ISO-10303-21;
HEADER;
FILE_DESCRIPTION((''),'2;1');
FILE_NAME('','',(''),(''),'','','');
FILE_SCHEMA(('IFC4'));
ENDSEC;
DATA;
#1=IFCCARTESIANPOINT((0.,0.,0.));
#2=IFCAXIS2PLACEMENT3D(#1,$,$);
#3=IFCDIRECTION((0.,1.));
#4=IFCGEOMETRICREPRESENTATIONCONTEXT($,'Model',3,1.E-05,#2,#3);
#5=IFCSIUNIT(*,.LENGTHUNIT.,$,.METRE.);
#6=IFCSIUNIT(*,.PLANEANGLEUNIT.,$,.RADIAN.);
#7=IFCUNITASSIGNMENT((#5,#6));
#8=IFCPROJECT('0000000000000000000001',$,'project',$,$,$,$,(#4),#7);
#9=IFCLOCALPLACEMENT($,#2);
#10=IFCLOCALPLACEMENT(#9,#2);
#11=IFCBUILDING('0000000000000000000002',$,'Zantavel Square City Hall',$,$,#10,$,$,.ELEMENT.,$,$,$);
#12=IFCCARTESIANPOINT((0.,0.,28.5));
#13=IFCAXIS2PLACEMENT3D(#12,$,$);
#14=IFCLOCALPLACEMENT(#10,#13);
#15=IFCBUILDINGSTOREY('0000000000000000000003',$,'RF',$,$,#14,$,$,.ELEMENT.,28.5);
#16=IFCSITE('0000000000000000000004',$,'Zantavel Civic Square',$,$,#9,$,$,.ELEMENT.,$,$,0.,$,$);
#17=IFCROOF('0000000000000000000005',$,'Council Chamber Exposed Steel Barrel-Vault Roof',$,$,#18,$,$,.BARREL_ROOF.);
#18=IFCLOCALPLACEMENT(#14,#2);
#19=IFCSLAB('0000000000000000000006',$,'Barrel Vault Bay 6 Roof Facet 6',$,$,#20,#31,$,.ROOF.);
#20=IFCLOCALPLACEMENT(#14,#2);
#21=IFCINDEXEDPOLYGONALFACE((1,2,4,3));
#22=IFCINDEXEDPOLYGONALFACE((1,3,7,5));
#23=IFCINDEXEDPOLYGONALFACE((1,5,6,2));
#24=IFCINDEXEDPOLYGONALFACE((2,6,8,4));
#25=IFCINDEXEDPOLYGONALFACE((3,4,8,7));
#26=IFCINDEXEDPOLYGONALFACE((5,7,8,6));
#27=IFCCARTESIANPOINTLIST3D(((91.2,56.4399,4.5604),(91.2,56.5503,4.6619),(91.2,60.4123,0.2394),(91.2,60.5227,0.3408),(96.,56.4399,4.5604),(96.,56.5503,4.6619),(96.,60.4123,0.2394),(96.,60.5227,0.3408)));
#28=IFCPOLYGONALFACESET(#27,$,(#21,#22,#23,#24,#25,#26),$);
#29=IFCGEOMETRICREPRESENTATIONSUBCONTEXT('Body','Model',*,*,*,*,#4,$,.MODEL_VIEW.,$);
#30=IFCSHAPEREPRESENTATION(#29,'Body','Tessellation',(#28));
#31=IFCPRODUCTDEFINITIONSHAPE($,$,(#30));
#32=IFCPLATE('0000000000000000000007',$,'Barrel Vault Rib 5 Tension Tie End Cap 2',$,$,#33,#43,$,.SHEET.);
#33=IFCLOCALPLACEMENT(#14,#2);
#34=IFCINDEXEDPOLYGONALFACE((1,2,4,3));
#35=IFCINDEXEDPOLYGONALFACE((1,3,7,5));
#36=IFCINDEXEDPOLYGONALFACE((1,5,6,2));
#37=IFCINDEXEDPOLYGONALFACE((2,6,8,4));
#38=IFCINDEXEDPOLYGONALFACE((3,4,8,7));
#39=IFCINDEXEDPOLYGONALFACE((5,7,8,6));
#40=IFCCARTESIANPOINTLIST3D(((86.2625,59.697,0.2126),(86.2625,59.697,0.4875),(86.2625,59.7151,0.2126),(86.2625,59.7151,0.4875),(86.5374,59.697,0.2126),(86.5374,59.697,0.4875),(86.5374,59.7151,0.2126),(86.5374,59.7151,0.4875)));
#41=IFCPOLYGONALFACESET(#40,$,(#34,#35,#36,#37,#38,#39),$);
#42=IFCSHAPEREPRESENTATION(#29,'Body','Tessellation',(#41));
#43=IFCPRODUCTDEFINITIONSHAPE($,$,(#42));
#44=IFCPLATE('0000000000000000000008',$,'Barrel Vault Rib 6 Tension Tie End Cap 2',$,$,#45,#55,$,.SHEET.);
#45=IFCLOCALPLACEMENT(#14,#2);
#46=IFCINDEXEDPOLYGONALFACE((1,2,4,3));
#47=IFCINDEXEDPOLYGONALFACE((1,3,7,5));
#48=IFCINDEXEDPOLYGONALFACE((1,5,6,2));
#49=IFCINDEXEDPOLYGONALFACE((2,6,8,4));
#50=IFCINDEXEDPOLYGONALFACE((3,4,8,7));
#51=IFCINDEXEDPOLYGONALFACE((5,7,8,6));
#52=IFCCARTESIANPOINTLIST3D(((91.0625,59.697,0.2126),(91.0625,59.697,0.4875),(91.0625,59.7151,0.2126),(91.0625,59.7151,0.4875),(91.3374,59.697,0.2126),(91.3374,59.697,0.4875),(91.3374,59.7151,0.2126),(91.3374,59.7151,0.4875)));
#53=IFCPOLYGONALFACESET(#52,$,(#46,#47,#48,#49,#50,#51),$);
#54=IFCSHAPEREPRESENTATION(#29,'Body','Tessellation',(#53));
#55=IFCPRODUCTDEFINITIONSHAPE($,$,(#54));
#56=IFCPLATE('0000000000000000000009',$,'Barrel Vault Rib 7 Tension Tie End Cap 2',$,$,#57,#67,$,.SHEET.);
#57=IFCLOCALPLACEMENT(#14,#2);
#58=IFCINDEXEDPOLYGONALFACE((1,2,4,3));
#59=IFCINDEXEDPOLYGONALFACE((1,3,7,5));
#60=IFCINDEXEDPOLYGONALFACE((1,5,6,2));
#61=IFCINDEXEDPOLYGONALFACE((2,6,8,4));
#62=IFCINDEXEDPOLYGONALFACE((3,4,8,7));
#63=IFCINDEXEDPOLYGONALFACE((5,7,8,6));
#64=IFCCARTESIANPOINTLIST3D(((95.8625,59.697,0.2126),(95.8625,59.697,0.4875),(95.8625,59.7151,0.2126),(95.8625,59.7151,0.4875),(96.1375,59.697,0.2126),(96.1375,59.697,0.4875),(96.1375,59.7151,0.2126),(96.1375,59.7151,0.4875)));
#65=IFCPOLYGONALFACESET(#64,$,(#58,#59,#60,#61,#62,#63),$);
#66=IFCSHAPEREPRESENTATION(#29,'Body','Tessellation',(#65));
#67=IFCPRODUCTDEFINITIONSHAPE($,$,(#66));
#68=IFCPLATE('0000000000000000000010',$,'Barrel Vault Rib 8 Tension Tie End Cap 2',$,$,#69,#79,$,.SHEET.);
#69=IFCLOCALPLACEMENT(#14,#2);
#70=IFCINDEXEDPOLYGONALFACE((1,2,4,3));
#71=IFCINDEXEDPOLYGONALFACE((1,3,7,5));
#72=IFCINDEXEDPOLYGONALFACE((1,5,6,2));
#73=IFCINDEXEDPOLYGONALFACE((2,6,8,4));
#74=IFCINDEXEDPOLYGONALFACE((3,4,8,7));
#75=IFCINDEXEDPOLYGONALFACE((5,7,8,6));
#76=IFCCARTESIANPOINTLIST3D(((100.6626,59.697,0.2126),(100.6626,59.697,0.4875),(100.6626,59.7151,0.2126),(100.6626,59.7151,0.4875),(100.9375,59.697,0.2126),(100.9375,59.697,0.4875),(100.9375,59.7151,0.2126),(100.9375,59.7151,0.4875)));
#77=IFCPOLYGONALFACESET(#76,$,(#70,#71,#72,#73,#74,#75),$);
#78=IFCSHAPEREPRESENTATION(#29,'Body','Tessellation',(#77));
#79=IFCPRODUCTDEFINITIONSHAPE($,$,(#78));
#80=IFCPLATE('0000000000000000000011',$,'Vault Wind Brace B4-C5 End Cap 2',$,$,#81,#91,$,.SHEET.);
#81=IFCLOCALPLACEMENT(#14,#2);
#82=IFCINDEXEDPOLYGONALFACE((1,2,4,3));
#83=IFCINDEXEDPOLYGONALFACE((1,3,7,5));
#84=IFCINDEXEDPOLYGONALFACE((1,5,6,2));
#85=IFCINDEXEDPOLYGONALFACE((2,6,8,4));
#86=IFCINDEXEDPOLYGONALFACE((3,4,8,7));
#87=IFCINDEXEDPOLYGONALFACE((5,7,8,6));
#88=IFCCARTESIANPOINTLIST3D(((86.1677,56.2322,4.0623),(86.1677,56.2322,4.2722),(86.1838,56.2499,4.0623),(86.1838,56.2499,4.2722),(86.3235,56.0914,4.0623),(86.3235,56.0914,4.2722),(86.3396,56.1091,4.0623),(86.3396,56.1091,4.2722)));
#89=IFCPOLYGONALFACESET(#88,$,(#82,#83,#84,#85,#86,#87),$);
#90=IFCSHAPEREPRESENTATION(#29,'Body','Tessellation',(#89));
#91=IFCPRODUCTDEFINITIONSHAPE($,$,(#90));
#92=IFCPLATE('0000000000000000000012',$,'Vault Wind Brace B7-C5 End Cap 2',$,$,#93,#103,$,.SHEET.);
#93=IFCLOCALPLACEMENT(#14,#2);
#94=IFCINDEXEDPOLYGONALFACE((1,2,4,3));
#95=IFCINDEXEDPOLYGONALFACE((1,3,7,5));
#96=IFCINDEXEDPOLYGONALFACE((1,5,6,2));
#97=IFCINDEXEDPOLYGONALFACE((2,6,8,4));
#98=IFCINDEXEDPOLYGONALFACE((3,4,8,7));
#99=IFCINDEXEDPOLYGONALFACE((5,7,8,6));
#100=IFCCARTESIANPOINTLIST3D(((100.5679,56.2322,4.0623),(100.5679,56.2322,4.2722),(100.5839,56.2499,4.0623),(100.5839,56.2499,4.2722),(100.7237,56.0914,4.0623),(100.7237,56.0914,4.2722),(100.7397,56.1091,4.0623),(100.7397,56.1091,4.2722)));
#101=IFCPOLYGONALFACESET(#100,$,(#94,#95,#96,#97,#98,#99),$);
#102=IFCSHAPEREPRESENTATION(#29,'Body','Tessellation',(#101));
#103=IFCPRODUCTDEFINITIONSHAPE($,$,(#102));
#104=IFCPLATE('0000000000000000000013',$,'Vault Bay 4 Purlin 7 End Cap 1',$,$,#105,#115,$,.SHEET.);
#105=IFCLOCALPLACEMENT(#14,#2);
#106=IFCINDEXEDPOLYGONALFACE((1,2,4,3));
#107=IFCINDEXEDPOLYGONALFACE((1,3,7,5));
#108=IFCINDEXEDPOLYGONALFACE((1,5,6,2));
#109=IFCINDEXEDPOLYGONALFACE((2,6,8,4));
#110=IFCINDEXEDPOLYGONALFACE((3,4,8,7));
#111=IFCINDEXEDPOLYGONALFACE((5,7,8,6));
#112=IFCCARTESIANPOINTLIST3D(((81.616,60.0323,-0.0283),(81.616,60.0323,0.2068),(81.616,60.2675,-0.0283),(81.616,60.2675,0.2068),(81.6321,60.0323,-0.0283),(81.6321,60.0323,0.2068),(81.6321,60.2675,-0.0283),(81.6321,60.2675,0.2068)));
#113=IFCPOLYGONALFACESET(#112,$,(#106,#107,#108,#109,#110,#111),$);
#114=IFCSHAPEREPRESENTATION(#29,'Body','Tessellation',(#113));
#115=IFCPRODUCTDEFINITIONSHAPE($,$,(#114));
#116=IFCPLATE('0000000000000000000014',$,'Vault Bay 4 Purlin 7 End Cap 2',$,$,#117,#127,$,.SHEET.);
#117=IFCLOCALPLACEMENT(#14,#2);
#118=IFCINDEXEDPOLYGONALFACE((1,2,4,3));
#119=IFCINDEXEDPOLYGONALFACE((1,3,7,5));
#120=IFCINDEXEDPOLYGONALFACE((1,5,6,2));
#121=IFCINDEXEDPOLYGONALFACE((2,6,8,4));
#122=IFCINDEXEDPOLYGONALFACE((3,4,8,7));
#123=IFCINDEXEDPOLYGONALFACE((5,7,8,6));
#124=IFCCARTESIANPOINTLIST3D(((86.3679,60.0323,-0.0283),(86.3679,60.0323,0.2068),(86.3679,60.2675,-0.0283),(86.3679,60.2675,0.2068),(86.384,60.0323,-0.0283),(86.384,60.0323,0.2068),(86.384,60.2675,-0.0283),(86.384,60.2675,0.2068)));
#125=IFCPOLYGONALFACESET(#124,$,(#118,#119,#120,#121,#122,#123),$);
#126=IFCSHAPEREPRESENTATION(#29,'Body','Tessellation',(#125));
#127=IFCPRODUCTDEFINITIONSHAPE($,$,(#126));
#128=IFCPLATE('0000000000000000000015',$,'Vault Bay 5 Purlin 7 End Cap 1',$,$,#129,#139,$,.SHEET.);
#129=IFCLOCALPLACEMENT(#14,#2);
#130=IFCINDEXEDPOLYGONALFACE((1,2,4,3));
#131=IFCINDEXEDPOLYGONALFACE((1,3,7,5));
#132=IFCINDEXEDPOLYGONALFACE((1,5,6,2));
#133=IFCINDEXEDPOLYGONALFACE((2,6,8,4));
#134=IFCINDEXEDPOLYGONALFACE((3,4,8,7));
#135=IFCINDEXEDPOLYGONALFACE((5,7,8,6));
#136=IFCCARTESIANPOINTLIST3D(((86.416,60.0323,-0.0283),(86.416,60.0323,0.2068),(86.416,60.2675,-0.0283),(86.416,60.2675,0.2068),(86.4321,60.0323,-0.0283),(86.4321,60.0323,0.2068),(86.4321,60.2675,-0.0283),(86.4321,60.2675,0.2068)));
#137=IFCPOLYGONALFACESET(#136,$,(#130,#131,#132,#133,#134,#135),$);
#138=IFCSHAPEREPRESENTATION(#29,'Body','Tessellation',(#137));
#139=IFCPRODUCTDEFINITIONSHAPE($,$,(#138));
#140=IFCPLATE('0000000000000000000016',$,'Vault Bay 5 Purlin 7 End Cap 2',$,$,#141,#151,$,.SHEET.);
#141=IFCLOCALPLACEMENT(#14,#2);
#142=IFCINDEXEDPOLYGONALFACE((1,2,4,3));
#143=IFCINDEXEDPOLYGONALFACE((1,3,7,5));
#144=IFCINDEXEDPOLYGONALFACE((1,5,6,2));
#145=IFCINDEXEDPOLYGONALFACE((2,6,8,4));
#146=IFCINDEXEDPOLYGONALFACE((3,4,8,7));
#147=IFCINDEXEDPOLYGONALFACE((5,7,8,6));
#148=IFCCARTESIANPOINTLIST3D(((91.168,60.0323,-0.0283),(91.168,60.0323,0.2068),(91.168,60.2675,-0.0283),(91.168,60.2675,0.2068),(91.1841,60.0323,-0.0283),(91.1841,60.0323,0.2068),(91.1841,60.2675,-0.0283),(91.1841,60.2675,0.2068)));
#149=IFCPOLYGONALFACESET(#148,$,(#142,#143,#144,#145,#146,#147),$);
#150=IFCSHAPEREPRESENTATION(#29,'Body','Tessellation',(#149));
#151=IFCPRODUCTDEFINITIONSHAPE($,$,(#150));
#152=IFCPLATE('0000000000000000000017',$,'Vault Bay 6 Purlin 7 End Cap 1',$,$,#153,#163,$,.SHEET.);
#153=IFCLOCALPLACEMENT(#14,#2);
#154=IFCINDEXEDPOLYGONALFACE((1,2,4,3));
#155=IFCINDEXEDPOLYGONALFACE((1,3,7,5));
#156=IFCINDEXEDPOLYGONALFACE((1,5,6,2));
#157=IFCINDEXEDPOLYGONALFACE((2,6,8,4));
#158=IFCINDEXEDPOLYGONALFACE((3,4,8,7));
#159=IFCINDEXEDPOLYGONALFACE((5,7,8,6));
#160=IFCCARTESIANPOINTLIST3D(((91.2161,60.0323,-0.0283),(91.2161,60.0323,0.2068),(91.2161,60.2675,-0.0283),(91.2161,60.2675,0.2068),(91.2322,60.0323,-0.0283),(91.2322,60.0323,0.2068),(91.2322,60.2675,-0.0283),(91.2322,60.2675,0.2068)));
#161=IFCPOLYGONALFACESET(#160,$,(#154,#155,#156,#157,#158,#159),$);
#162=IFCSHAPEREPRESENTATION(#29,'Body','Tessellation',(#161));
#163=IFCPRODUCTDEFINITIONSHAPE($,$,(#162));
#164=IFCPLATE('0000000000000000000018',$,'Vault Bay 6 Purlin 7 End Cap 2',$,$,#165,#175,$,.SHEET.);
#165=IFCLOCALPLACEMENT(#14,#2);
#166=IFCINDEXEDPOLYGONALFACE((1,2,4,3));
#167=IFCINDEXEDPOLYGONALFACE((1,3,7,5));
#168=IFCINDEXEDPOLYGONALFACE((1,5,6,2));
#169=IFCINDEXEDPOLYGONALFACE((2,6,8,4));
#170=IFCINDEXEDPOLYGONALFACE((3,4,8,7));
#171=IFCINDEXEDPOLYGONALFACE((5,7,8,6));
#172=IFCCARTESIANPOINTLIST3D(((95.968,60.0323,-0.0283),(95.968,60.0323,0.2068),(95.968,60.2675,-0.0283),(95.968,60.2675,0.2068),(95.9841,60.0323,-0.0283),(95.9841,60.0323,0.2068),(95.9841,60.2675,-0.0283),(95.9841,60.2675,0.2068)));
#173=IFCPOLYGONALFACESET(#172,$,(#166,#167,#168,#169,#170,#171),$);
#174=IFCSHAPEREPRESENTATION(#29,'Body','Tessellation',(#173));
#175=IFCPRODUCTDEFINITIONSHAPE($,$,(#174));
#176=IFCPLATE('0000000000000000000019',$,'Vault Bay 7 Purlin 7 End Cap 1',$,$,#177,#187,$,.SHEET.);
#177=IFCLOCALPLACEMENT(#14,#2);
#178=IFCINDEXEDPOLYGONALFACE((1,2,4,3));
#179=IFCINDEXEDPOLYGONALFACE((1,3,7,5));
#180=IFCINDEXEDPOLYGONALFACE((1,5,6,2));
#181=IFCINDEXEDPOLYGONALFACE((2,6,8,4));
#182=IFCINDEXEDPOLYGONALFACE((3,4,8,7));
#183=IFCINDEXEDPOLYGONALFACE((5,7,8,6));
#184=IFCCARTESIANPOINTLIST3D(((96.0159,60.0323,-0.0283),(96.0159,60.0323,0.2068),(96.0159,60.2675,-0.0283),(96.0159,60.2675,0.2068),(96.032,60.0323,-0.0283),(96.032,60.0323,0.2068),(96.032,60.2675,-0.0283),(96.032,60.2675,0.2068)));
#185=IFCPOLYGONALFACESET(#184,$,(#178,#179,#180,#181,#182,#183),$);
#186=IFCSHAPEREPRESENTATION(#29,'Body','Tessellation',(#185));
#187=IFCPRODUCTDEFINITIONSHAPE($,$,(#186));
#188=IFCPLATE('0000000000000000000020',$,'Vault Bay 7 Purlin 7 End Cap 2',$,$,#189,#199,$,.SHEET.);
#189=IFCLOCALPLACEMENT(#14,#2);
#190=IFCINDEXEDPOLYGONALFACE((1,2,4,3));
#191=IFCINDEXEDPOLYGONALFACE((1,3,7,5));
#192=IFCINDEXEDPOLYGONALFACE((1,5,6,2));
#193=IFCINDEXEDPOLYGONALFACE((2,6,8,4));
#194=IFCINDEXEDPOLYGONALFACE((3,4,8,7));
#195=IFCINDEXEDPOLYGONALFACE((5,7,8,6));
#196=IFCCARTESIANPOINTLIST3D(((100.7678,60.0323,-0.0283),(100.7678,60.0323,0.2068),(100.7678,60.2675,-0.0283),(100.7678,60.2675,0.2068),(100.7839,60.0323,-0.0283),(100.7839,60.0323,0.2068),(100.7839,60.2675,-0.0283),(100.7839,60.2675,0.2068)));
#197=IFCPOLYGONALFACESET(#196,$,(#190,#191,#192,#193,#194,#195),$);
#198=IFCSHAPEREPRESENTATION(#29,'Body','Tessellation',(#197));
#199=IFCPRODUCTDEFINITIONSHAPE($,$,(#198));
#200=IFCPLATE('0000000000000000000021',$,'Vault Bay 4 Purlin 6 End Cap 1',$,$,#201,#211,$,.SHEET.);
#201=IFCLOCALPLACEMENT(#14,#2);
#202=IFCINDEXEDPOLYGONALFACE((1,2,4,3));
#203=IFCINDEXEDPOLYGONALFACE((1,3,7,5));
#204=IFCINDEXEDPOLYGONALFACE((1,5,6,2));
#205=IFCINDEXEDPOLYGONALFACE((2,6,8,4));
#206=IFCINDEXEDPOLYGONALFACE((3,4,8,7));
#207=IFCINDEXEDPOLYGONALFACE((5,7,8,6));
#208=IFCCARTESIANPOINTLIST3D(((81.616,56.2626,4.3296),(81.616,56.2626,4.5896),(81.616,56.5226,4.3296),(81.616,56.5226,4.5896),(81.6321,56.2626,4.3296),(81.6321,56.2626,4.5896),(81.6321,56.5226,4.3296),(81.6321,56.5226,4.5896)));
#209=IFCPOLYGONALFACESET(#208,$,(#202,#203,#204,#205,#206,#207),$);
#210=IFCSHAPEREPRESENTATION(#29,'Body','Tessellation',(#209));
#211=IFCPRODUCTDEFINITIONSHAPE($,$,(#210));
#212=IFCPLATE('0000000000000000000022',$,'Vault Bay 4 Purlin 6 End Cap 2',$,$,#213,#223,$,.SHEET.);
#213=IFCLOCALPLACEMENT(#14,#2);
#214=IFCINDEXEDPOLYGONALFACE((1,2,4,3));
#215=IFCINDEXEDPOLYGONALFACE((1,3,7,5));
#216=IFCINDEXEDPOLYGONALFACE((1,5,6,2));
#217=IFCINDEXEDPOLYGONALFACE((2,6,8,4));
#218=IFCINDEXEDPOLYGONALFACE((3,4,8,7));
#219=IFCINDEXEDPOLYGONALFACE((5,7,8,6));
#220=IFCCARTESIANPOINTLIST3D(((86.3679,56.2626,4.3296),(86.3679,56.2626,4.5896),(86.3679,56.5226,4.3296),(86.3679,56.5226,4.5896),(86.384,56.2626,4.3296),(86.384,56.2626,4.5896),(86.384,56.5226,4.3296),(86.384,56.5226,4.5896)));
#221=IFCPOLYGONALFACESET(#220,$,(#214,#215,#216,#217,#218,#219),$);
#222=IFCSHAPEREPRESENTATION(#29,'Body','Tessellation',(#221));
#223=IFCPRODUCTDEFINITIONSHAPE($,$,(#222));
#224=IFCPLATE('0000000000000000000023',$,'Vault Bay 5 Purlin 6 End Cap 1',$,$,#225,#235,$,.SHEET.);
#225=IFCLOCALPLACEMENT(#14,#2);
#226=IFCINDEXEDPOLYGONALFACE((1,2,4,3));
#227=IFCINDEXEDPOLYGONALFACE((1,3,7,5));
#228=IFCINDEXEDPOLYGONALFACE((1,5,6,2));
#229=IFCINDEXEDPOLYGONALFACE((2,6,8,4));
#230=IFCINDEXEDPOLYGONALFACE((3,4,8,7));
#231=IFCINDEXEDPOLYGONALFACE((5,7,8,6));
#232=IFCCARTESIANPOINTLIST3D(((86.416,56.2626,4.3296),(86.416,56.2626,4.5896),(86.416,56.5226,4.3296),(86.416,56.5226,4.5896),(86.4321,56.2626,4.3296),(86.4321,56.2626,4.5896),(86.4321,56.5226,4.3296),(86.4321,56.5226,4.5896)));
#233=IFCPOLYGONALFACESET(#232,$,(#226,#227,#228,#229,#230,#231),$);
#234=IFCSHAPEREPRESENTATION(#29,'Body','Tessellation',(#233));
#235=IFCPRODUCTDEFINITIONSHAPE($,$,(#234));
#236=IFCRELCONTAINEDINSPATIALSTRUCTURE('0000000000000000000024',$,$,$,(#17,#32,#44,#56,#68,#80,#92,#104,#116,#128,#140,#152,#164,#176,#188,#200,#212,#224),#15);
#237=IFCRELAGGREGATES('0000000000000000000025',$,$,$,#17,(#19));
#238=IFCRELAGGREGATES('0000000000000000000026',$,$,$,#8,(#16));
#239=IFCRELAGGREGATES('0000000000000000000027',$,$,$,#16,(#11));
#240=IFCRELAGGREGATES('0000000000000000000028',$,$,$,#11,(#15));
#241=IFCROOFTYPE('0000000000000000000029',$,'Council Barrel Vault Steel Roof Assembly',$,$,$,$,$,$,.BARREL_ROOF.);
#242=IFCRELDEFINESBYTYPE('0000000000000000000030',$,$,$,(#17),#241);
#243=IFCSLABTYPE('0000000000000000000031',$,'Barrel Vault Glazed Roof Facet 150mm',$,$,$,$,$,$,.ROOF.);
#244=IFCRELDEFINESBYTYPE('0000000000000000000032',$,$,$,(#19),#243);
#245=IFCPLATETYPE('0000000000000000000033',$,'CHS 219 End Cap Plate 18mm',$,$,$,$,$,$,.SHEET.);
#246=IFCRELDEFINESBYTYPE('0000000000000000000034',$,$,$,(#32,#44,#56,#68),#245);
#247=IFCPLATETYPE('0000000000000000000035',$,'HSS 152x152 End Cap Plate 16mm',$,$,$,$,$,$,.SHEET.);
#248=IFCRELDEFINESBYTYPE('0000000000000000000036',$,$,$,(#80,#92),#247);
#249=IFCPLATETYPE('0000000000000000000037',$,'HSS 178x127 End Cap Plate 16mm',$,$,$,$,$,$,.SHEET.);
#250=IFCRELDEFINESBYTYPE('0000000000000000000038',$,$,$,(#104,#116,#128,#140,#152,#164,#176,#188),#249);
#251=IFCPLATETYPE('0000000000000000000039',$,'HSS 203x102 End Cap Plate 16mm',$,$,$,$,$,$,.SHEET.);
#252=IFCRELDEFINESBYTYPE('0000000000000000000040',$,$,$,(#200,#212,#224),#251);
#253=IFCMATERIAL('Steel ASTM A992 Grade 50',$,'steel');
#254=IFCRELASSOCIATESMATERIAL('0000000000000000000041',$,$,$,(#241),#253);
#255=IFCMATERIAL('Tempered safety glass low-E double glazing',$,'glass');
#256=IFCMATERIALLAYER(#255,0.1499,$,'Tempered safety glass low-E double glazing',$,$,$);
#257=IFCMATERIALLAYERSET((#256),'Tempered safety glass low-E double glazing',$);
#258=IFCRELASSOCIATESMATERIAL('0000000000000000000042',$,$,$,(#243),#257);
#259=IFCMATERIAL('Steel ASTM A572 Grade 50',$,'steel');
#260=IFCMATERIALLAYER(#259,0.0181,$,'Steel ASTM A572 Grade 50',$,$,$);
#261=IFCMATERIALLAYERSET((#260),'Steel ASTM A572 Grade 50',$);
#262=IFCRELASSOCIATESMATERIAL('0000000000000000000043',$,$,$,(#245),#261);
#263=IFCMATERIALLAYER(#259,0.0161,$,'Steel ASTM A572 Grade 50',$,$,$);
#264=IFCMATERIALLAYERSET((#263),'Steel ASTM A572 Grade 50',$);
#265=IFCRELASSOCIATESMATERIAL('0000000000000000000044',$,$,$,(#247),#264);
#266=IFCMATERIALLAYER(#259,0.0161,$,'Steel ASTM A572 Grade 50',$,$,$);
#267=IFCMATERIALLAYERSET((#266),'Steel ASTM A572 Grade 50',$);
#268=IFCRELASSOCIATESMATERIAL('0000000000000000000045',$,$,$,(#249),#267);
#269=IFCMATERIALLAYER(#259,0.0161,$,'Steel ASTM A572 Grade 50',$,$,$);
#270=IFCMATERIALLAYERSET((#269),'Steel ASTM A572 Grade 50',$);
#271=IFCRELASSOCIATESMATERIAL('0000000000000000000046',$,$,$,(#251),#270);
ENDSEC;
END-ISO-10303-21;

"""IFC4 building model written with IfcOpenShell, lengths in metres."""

from ifc_helpers import new_model, si_unit, direction, frame, origin, origin_2d, place, context, subcontext, project, spatial, polyline, rectangle, outline, extrude, material, layer, layer_set, type_object, element, aggregate, save


model = new_model("IFC4")

# Units and contexts
model_context = context("Model", 3, precision=1e-05, world=origin(), true_north=direction((0.0, 1.0)))
body_context = subcontext(model_context, "Body", "Model", "MODEL_VIEW")
ifc_project = project(units=[si_unit("LENGTHUNIT", "METRE"), si_unit("PLANEANGLEUNIT", "RADIAN")], contexts=[model_context])

# Site, building, storey
site_placement = place(None, origin())
site = spatial("IfcSite", under=ifc_project, at=site_placement, Name="Zantavel Civic Square", CompositionType="ELEMENT", RefElevation=0.0)
building_placement = place(site_placement, origin())
building = spatial("IfcBuilding", under=site, at=building_placement, Name="Zantavel Square City Hall", CompositionType="ELEMENT")
storey_placement = place(building_placement, frame((0.0, 0.0, 28.5)))
storey = spatial("IfcBuildingStorey", under=building, at=storey_placement, Name="RF", CompositionType="ELEMENT", Elevation=28.5)

# Shared definitions
ifc_material_1 = material(Name="Steel ASTM A992 Grade 50", Category="steel")

# Roof, slab
roof_type = type_object("IfcRoofType", Name="Council Barrel Vault Steel Roof Assembly", PredefinedType="BARREL_ROOF", material=ifc_material_1)
roof_placement = place(storey_placement, origin())
roof = element("IfcRoof", 1, at=roof_placement, inside=storey, type_object=roof_type, Name="Council Chamber Exposed Steel Barrel-Vault Roof", PredefinedType="BARREL_ROOF")
ifc_material_2 = material(Name="Tempered safety glass low-E double glazing", Category="glass")
ifc_layer_1 = layer(ifc_material_2, 0.1499, Name="Tempered safety glass low-E double glazing")
ifc_layer_set_1 = layer_set([ifc_layer_1], Name="Tempered safety glass low-E double glazing")
slab_type_1 = type_object("IfcSlabType", Name="Barrel Vault Glazed Roof Facet 150mm", PredefinedType="ROOF", material=ifc_layer_set_1)
slab_1_placement = place(storey_placement, frame((91.2, 56.5503, 4.6619), z_axis=(0.0, 0.736181, 0.676784), x_axis=(1.0, 0.0, 0.0)))
slab_1 = element("IfcSlab", 2, at=slab_1_placement, type_object=slab_type_1, Name="Barrel Vault Bay 6 Roof Facet 6", PredefinedType="ROOF", context=body_context, shape_type="SweptSolid", body=[
    extrude(outline(polyline([(0.0, 0.0), (4.8, 0.0), (4.8, 5.8695), (0.0, 5.8695), (0.0, 0.0)])), origin(), (0.0, 0.0, -1.0), 0.1499),
])

# Plates
ifc_material_3 = material(Name="Steel ASTM A572 Grade 50", Category="steel")
ifc_layer_2 = layer(ifc_material_3, 0.0181, Name="Steel ASTM A572 Grade 50")
ifc_layer_set_2 = layer_set([ifc_layer_2], Name="Steel ASTM A572 Grade 50")
plate_type_1 = type_object("IfcPlateType", Name="CHS 219 End Cap Plate 18mm", PredefinedType="SHEET", material=ifc_layer_set_2)
for number, where, z_axis, x_axis, name in (
    (3, (86.3999, 59.7061, 0.2126), (0.0, 0.0, 1.0), (0.0, 1.0, 0.0), "Barrel Vault Rib 5 Tension Tie End Cap 2"),
    (4, (91.2, 59.7061, 0.2126), (0.0, 0.0, 1.0), (0.0, 1.0, 0.0), "Barrel Vault Rib 6 Tension Tie End Cap 2"),
    (5, (96.0, 59.7061, 0.2126), (0.0, 0.0, 1.0), (0.0, 1.0, 0.0), "Barrel Vault Rib 7 Tension Tie End Cap 2"),
    (6, (100.8, 59.7061, 0.2126), (0.0, 0.0, 1.0), (0.0, 1.0, 0.0), "Barrel Vault Rib 8 Tension Tie End Cap 2"),
):
    element("IfcPlate", number, at=place(storey_placement, frame(where, z_axis=z_axis, x_axis=x_axis)), inside=storey, type_object=plate_type_1, Name=name, PredefinedType="SHEET", context=body_context, shape_type="SweptSolid", body=[
        extrude(rectangle(XDim=0.0181, YDim=0.2749, at=origin_2d()), origin(), (0.0, 0.0, 1.0), 0.2749),
    ])
ifc_layer_3 = layer(ifc_material_3, 0.0161, Name="Steel ASTM A572 Grade 50")
ifc_layer_set_3 = layer_set([ifc_layer_3], Name="Steel ASTM A572 Grade 50")
plate_type_2 = type_object("IfcPlateType", Name="HSS 152x152 End Cap Plate 16mm", PredefinedType="SHEET", material=ifc_layer_set_3)
for number, where, z_axis, x_axis, name in (
    (7, (86.2537, 56.1707, 4.0623), (0.0, 0.0, 1.0), (0.670438, 0.741966, 0.0), "Vault Wind Brace B4-C5 End Cap 2"),
    (8, (100.6538, 56.1707, 4.0623), (0.0, 0.0, 1.0), (0.670438, 0.741966, 0.0), "Vault Wind Brace B7-C5 End Cap 2"),
):
    element("IfcPlate", number, at=place(storey_placement, frame(where, z_axis=z_axis, x_axis=x_axis)), inside=storey, type_object=plate_type_2, Name=name, PredefinedType="SHEET", context=body_context, shape_type="SweptSolid", body=[
        extrude(rectangle(XDim=0.0239, YDim=0.21, at=origin_2d()), origin(), (0.0, 0.0, 1.0), 0.21),
    ])
ifc_layer_4 = layer(ifc_material_3, 0.0161, Name="Steel ASTM A572 Grade 50")
ifc_layer_set_4 = layer_set([ifc_layer_4], Name="Steel ASTM A572 Grade 50")
plate_type_3 = type_object("IfcPlateType", Name="HSS 178x127 End Cap Plate 16mm", PredefinedType="SHEET", material=ifc_layer_set_4)
for number, where, z_axis, x_axis, name in (
    (9, (81.624, 60.1499, -0.0283), (0.0, 0.0, 1.0), (1.0, 0.0, 0.0), "Vault Bay 4 Purlin 7 End Cap 1"),
    (10, (86.376, 60.1499, -0.0283), (0.0, 0.0, 1.0), (1.0, 0.0, 0.0), "Vault Bay 4 Purlin 7 End Cap 2"),
    (11, (86.4241, 60.1499, -0.0283), (0.0, 0.0, 1.0), (1.0, 0.0, 0.0), "Vault Bay 5 Purlin 7 End Cap 1"),
    (12, (91.176, 60.1499, -0.0283), (0.0, 0.0, 1.0), (1.0, 0.0, 0.0), "Vault Bay 5 Purlin 7 End Cap 2"),
    (13, (91.2241, 60.1499, -0.0283), (0.0, 0.0, 1.0), (1.0, 0.0, 0.0), "Vault Bay 6 Purlin 7 End Cap 1"),
    (14, (95.9761, 60.1499, -0.0283), (0.0, 0.0, 1.0), (1.0, 0.0, 0.0), "Vault Bay 6 Purlin 7 End Cap 2"),
    (15, (96.0239, 60.1499, -0.0283), (0.0, 0.0, 1.0), (1.0, 0.0, 0.0), "Vault Bay 7 Purlin 7 End Cap 1"),
    (16, (100.7759, 60.1499, -0.0283), (0.0, 0.0, 1.0), (1.0, 0.0, 0.0), "Vault Bay 7 Purlin 7 End Cap 2"),
):
    element("IfcPlate", number, at=place(storey_placement, frame(where, z_axis=z_axis, x_axis=x_axis)), inside=storey, type_object=plate_type_3, Name=name, PredefinedType="SHEET", context=body_context, shape_type="SweptSolid", body=[
        extrude(rectangle(XDim=0.0161, YDim=0.2351, at=origin_2d()), origin(), (0.0, 0.0, 1.0), 0.2351),
    ])
ifc_layer_5 = layer(ifc_material_3, 0.0161, Name="Steel ASTM A572 Grade 50")
ifc_layer_set_5 = layer_set([ifc_layer_5], Name="Steel ASTM A572 Grade 50")
plate_type_4 = type_object("IfcPlateType", Name="HSS 203x102 End Cap Plate 16mm", PredefinedType="SHEET", material=ifc_layer_set_5)
for number, where, z_axis, x_axis, name in (
    (17, (81.624, 56.3926, 4.3296), (0.0, 0.0, 1.0), (1.0, 0.0, 0.0), "Vault Bay 4 Purlin 6 End Cap 1"),
    (18, (86.376, 56.3926, 4.3296), (0.0, 0.0, 1.0), (1.0, 0.0, 0.0), "Vault Bay 4 Purlin 6 End Cap 2"),
    (19, (86.4241, 56.3926, 4.3296), (0.0, 0.0, 1.0), (1.0, 0.0, 0.0), "Vault Bay 5 Purlin 6 End Cap 1"),
):
    element("IfcPlate", number, at=place(storey_placement, frame(where, z_axis=z_axis, x_axis=x_axis)), inside=storey, type_object=plate_type_4, Name=name, PredefinedType="SHEET", context=body_context, shape_type="SweptSolid", body=[
        extrude(rectangle(XDim=0.0161, YDim=0.26, at=origin_2d()), origin(), (0.0, 0.0, 1.0), 0.26),
    ])

aggregate(roof, [slab_1])

save(model, "model.ifc")
